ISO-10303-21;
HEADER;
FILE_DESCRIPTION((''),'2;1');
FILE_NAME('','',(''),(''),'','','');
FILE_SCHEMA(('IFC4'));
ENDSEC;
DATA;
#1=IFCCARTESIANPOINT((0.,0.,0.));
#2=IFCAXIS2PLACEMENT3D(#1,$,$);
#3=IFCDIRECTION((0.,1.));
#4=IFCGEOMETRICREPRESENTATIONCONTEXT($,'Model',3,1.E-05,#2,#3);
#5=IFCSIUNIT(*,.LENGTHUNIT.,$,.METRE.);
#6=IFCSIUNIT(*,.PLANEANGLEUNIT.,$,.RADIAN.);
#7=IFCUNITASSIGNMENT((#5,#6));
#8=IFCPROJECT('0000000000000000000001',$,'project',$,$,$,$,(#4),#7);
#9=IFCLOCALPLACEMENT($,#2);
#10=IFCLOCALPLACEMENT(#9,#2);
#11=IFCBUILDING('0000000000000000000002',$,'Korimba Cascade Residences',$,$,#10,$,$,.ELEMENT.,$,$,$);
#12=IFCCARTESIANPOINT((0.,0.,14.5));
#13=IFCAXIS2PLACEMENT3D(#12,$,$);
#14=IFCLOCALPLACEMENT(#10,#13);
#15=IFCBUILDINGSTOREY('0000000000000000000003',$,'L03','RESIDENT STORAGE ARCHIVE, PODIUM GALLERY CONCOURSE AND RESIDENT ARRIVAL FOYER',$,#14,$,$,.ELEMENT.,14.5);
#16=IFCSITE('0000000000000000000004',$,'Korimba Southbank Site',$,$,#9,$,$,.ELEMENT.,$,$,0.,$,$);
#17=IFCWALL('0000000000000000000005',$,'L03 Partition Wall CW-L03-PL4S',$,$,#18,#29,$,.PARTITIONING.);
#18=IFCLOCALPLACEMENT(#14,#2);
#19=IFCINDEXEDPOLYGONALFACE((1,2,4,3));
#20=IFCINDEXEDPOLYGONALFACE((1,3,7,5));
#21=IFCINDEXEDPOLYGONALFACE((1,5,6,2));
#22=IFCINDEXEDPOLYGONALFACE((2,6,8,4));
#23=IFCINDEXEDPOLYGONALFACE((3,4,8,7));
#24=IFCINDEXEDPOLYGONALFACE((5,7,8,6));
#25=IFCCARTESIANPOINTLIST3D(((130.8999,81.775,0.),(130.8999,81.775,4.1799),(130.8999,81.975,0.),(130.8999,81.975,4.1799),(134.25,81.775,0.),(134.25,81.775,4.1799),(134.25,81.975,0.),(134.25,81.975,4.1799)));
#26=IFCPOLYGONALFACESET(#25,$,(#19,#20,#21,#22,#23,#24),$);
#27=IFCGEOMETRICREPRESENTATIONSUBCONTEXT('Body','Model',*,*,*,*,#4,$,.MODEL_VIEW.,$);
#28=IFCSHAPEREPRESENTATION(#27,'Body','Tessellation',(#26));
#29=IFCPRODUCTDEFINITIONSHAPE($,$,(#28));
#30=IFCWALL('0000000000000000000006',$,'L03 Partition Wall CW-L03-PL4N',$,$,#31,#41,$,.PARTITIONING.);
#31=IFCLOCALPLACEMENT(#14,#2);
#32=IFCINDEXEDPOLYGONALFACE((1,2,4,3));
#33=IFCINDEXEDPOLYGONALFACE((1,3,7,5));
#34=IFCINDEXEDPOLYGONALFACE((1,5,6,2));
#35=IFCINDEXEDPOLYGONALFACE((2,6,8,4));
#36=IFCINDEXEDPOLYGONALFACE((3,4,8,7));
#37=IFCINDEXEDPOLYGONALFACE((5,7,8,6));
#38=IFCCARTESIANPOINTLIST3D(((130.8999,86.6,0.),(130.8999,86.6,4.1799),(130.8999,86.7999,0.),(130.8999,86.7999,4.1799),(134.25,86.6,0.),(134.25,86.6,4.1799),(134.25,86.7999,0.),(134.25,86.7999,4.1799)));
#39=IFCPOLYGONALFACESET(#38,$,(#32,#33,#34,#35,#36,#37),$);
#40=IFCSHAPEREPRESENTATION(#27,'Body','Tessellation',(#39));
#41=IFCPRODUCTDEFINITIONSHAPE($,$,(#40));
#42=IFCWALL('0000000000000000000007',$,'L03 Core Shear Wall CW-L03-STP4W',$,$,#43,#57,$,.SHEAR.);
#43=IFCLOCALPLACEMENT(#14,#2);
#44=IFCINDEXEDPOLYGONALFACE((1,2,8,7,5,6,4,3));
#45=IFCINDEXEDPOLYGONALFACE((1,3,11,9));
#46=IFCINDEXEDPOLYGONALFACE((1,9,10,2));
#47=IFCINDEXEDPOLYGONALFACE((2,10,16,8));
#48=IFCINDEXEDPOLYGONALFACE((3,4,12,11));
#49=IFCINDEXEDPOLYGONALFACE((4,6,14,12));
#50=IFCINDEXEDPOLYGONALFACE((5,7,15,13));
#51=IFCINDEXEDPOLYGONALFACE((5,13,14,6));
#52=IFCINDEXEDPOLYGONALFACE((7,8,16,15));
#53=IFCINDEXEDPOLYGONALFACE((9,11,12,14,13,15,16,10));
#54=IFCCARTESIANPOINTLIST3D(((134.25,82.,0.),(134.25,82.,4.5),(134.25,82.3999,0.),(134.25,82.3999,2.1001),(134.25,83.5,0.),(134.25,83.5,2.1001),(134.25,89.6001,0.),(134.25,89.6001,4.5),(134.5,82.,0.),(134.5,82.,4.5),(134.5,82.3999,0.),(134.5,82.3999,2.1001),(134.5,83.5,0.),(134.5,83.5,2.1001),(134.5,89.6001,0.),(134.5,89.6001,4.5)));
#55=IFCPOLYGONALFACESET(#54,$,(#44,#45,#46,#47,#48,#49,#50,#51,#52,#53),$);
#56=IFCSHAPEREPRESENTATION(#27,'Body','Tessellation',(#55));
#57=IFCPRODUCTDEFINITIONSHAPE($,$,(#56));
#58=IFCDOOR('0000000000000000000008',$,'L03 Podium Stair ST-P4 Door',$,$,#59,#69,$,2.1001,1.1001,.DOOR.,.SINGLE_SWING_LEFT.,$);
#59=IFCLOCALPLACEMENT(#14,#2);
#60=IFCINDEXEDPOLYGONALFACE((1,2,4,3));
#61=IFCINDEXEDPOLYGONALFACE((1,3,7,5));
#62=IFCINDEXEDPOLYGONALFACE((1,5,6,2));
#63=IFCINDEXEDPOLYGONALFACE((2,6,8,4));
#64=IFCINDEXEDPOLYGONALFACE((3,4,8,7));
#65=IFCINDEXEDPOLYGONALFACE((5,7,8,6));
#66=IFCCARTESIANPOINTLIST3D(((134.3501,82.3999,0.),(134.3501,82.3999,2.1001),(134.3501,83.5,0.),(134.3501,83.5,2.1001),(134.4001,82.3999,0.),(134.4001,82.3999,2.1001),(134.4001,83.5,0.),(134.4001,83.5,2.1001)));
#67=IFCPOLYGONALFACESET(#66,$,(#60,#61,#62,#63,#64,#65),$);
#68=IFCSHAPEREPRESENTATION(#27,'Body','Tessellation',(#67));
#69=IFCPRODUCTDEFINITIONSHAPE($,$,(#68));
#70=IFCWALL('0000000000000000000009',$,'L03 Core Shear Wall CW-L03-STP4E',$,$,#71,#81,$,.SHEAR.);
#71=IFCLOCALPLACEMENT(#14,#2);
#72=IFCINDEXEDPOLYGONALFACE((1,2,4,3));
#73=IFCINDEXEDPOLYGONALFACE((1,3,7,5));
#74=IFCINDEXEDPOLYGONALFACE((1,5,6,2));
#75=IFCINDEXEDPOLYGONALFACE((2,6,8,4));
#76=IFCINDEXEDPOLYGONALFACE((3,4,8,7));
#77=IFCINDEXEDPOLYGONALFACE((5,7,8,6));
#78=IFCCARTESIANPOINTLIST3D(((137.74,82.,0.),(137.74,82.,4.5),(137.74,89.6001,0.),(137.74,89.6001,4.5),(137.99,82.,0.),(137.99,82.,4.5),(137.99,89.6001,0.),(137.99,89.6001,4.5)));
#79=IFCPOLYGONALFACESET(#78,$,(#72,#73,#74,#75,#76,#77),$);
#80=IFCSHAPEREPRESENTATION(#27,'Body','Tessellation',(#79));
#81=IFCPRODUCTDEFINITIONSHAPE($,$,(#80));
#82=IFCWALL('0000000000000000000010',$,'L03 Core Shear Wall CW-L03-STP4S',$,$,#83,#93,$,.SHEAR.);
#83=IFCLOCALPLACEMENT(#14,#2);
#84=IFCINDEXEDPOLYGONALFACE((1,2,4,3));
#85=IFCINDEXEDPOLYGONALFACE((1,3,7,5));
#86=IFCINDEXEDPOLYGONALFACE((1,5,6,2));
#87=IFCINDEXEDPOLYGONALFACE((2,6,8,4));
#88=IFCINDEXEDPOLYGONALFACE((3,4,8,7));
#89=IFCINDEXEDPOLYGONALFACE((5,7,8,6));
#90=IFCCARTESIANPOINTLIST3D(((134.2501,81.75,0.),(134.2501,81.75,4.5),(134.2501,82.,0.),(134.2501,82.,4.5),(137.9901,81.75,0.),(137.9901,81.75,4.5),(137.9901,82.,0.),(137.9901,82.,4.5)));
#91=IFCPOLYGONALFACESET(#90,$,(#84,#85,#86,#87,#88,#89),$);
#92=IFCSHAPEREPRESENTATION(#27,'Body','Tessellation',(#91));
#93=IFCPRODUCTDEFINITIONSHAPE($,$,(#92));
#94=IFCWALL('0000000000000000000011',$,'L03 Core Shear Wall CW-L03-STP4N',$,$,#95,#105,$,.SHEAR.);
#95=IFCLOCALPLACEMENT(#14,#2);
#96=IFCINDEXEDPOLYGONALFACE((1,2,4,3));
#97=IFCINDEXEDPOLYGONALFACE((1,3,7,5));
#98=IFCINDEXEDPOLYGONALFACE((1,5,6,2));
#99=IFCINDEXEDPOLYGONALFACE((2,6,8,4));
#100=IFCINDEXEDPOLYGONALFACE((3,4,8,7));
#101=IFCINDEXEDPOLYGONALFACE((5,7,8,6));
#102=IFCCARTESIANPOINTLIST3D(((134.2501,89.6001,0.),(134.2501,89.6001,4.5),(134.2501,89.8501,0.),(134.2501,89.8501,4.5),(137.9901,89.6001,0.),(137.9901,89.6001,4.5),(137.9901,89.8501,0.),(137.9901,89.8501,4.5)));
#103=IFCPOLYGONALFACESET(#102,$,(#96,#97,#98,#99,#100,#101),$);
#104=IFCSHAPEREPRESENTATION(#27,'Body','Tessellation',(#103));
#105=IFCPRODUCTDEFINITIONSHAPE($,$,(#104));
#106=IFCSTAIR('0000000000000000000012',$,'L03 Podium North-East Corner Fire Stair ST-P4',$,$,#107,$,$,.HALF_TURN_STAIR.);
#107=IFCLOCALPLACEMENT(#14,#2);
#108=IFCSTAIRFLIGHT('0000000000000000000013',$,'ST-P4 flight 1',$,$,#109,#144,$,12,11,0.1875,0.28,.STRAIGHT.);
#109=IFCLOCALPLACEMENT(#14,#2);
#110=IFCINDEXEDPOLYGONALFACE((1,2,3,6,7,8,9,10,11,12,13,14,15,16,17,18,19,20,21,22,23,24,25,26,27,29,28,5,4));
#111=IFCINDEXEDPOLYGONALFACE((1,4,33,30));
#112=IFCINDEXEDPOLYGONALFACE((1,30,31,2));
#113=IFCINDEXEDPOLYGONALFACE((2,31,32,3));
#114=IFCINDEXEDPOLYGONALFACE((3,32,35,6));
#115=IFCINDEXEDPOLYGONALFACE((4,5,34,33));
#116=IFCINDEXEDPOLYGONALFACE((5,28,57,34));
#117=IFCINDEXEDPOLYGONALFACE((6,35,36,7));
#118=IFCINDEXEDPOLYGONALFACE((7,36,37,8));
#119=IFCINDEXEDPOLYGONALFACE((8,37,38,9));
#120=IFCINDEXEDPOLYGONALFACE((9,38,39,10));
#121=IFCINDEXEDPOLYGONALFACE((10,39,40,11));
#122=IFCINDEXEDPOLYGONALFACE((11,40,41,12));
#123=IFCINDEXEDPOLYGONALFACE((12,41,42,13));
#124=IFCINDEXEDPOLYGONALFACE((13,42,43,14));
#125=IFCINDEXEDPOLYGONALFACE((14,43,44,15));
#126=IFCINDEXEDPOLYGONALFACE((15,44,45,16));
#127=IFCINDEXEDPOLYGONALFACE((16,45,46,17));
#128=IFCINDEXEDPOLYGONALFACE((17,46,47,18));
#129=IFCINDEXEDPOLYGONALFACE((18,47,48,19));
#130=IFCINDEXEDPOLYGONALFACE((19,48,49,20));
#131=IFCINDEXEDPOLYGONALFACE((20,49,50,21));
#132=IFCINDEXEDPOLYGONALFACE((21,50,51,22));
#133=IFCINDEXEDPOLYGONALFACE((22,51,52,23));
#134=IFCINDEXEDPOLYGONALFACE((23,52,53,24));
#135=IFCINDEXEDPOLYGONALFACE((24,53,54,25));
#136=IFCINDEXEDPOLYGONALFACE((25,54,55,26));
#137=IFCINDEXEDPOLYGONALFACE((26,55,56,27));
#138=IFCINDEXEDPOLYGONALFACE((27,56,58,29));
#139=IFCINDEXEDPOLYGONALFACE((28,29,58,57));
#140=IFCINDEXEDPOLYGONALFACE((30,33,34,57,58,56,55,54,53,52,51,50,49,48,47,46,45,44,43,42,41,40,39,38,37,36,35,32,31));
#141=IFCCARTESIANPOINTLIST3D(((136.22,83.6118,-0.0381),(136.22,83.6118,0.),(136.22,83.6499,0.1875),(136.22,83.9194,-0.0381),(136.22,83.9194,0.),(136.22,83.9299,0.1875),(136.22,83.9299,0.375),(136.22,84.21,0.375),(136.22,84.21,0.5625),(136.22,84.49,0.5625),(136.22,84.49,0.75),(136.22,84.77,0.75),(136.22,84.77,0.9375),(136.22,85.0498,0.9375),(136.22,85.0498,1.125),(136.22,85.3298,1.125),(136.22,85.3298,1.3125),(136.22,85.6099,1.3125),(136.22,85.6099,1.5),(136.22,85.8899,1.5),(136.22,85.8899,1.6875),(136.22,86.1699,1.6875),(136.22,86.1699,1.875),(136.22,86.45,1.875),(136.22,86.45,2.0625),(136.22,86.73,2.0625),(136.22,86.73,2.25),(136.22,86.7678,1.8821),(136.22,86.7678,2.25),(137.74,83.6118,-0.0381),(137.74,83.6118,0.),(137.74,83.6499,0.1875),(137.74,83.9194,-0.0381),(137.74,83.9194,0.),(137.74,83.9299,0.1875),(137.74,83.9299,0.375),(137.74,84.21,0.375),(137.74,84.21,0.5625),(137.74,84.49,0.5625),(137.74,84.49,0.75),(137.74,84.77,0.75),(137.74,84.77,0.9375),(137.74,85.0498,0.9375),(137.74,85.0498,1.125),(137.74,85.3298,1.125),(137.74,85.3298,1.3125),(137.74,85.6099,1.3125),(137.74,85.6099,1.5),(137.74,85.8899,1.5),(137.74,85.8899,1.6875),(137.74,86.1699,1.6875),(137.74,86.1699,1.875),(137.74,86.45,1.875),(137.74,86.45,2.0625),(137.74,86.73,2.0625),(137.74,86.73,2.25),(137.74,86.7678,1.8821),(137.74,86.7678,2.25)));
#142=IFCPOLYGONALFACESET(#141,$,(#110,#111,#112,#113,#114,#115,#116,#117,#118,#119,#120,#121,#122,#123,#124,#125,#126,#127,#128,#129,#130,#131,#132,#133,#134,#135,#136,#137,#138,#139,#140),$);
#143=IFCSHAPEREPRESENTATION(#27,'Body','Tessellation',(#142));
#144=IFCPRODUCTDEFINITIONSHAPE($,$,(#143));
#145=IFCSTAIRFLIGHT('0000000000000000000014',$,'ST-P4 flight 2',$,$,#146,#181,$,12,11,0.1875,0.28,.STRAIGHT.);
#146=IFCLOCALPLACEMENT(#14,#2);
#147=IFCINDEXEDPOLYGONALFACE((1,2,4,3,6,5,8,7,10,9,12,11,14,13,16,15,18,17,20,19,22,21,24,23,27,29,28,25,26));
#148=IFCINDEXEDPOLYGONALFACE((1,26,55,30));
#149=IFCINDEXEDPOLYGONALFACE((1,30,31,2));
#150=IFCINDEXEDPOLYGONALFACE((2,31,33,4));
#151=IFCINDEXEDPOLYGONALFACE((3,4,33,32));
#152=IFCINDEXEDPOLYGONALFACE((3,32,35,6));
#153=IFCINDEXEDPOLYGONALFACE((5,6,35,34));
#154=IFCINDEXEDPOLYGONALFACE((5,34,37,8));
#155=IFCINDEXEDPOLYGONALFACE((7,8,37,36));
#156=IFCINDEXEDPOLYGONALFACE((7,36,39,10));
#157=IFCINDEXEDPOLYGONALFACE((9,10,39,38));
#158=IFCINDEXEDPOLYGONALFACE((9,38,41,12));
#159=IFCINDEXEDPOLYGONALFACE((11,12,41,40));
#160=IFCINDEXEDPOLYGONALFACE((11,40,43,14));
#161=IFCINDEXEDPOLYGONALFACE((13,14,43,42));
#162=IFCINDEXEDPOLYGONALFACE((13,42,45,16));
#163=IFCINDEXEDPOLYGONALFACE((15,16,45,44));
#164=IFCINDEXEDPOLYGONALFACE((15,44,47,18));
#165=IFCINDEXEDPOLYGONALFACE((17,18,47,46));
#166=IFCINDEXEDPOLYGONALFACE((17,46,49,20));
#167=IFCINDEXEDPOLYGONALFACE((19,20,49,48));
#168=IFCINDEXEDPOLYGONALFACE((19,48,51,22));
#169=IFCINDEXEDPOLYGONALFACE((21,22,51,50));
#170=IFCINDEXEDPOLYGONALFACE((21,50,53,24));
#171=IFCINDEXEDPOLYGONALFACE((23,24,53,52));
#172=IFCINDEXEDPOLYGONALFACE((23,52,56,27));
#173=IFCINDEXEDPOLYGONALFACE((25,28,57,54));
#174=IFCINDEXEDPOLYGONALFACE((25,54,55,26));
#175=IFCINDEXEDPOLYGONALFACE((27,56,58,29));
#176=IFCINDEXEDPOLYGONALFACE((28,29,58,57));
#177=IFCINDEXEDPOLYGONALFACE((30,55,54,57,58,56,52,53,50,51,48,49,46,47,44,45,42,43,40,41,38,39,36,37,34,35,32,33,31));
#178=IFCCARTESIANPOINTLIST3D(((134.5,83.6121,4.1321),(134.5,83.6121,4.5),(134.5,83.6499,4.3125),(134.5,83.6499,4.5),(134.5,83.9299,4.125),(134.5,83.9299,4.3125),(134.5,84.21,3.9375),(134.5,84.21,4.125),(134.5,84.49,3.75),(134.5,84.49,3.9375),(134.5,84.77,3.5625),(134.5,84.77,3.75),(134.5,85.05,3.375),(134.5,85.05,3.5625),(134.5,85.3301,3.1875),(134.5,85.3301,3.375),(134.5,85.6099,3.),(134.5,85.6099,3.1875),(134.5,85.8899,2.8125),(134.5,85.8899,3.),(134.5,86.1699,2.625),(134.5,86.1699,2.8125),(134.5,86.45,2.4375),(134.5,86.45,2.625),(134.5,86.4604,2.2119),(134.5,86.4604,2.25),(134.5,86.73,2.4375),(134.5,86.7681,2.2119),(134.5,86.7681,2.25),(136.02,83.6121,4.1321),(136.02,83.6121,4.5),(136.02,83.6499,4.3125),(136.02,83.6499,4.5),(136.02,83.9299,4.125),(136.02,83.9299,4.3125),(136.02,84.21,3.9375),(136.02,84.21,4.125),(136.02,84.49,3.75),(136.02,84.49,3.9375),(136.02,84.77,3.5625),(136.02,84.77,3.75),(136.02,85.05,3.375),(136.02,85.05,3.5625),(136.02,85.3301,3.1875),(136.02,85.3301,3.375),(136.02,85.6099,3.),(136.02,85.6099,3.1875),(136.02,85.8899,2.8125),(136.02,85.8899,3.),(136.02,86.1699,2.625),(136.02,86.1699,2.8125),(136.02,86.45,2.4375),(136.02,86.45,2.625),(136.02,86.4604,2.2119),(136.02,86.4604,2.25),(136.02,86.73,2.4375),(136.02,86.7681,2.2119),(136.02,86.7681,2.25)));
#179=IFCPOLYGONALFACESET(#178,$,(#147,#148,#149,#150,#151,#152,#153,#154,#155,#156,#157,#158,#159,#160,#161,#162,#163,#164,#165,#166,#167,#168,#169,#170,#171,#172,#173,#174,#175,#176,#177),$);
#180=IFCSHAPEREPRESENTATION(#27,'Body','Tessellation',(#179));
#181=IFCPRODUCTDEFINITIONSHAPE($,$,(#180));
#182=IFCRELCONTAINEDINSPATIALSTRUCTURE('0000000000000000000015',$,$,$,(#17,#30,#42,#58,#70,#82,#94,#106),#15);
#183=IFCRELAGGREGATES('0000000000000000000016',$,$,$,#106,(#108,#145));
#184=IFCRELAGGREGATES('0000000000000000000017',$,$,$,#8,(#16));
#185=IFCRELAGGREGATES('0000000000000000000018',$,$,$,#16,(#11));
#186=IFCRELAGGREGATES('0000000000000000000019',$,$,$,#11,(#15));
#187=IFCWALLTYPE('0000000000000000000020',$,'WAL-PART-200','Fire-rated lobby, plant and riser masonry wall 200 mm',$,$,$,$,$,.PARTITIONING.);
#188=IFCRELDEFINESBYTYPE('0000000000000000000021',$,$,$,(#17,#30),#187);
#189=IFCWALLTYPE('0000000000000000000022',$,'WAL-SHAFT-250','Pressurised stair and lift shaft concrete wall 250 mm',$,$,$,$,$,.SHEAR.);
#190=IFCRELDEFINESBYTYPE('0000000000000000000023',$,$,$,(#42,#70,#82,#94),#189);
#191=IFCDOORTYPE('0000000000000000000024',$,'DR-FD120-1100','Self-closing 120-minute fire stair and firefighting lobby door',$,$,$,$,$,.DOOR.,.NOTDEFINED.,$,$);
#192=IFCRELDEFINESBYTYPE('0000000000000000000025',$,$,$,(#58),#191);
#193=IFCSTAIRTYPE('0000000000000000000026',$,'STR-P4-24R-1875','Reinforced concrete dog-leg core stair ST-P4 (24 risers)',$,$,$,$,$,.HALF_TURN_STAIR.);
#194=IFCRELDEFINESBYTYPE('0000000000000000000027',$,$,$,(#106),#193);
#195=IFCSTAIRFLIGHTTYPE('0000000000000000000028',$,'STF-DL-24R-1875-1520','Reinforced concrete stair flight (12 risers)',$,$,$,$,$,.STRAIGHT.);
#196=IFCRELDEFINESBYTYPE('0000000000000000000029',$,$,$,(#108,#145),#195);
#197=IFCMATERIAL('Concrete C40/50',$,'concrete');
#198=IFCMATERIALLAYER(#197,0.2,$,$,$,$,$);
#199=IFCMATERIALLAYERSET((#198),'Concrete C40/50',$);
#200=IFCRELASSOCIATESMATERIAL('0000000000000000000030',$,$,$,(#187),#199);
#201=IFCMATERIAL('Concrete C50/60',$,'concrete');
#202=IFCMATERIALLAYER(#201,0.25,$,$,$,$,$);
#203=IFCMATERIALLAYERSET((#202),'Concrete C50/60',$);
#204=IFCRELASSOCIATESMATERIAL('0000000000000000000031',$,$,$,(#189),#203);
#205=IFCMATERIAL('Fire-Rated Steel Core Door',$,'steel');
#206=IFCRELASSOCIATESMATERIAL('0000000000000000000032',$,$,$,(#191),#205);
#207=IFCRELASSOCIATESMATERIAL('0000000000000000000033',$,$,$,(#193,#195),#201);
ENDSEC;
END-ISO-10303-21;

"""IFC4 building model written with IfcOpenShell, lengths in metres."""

from ifc_helpers import new_model, si_unit, direction, frame, frame_2d, origin, place, context, subcontext, project, spatial, polyline, rectangle, outline, extrude, material, layer, layer_set, type_object, element, fill, aggregate, save


model = new_model("IFC4")

# Units and contexts
model_context = context("Model", 3, precision=1e-05, world=origin(), true_north=direction((0.0, 1.0)))
body_context = subcontext(model_context, "Body", "Model", "MODEL_VIEW")
ifc_project = project(units=[si_unit("LENGTHUNIT", "METRE"), si_unit("PLANEANGLEUNIT", "RADIAN")], contexts=[model_context])

# Site, building, storey
site_placement = place(None, origin())
site = spatial("IfcSite", under=ifc_project, at=site_placement, Name="Korimba Southbank Site", CompositionType="ELEMENT", RefElevation=0.0)
building_placement = place(site_placement, origin())
building = spatial("IfcBuilding", under=site, at=building_placement, Name="Korimba Cascade Residences", CompositionType="ELEMENT")
storey_placement = place(building_placement, frame((0.0, 0.0, 14.5)))
storey = spatial("IfcBuildingStorey", under=building, at=storey_placement, Name="L03", Description="RESIDENT STORAGE ARCHIVE, PODIUM GALLERY CONCOURSE AND RESIDENT ARRIVAL FOYER", CompositionType="ELEMENT", Elevation=14.5)

# Shared definitions
ifc_material_1 = material(Name="Concrete C50/60", Category="concrete")

# Shared definitions
ifc_material_2 = material(Name="Concrete C40/50", Category="concrete")
ifc_layer_1 = layer(ifc_material_2, 0.2)
ifc_layer_set_1 = layer_set([ifc_layer_1], Name="Concrete C40/50")
wall_type_1 = type_object("IfcWallType", Name="WAL-PART-200", Description="Fire-rated lobby, plant and riser masonry wall 200 mm", PredefinedType="PARTITIONING", material=ifc_layer_set_1)

# Walls
for number, where, z_axis, x_axis, name in (
    (1, (130.8999, 81.875, 0.0), (0.0, 0.0, 1.0), (1.0, 0.0, 0.0), "L03 Partition Wall CW-L03-PL4S"),
    (2, (130.8999, 86.7, 0.0), (0.0, 0.0, 1.0), (1.0, 0.0, 0.0), "L03 Partition Wall CW-L03-PL4N"),
):
    element("IfcWall", number, at=place(storey_placement, frame(where, z_axis=z_axis, x_axis=x_axis)), inside=storey, type_object=wall_type_1, Name=name, PredefinedType="PARTITIONING", context=body_context, shape_type="SweptSolid", body=[
        extrude(rectangle(XDim=3.3501, YDim=0.2, at=frame_2d((1.675, 0.0))), origin(), (0.0, 0.0, 1.0), 4.1799),
    ])

# Wall, opening, door
ifc_layer_2 = layer(ifc_material_1, 0.25)
ifc_layer_set_2 = layer_set([ifc_layer_2], Name="Concrete C50/60")
wall_type_2 = type_object("IfcWallType", Name="WAL-SHAFT-250", Description="Pressurised stair and lift shaft concrete wall 250 mm", PredefinedType="SHEAR", material=ifc_layer_set_2)
wall_1_placement = place(storey_placement, frame((134.375, 82.0, 0.0), z_axis=(0.0, 0.0, 1.0), x_axis=(0.0, 1.0, 0.0)))
wall_1 = element("IfcWall", 3, at=wall_1_placement, inside=storey, type_object=wall_type_2, Name="L03 Core Shear Wall CW-L03-STP4W", PredefinedType="SHEAR", context=body_context, shape_type="SweptSolid", body=[
    extrude(rectangle(XDim=7.6001, YDim=0.25, at=frame_2d((3.8, 0.0))), origin(), (0.0, 0.0, 1.0), 4.5),
])
opening_1_placement = place(wall_1_placement, frame((0.3999, 0.0, 0.0)))
opening_1 = element("IfcOpeningElement", 4, at=opening_1_placement, cuts=wall_1, PredefinedType="OPENING", context=body_context, shape_type="SweptSolid", body=[
    extrude(rectangle(XDim=1.1001, YDim=2.1001, at=frame_2d((0.55, 1.05))), frame((0.0, 0.135, 0.0), z_axis=(0.0, -1.0, 0.0), x_axis=(1.0, 0.0, 0.0)), (0.0, 0.0, 1.0), 0.27),
])
ifc_material_3 = material(Name="Fire-Rated Steel Core Door", Category="steel")
door_type_1 = type_object("IfcDoorType", Name="DR-FD120-1100", Description="Self-closing 120-minute fire stair and firefighting lobby door", OperationType="NOTDEFINED", PredefinedType="DOOR", material=ifc_material_3)
door_1_placement = place(opening_1_placement, origin())
door_1 = element("IfcDoor", 5, at=door_1_placement, inside=storey, type_object=door_type_1, Name="L03 Podium Stair ST-P4 Door", OperationType="SINGLE_SWING_LEFT", OverallHeight=2.1001, OverallWidth=1.1001, PredefinedType="DOOR", context=body_context, shape_type="SweptSolid", body=[
    extrude(rectangle(XDim=1.1001, YDim=2.1001, at=frame_2d((0.55, 1.05))), frame((0.0, 0.0249, 0.0), z_axis=(0.0, -1.0, 0.0), x_axis=(1.0, 0.0, 0.0)), (0.0, 0.0, 1.0), 0.05),
])
fill(opening_1, door_1)

# Walls
wall_2_placement = place(storey_placement, frame((137.865, 82.0, 0.0), z_axis=(0.0, 0.0, 1.0), x_axis=(0.0, 1.0, 0.0)))
element("IfcWall", 6, at=wall_2_placement, inside=storey, type_object=wall_type_2, Name="L03 Core Shear Wall CW-L03-STP4E", PredefinedType="SHEAR", context=body_context, shape_type="SweptSolid", body=[
    extrude(rectangle(XDim=7.6001, YDim=0.25, at=frame_2d((3.8, 0.0))), origin(), (0.0, 0.0, 1.0), 4.5),
])
for number, where, z_axis, x_axis, name in (
    (7, (134.25, 81.875, 0.0), (0.0, 0.0, 1.0), (1.0, 0.0, 0.0), "L03 Core Shear Wall CW-L03-STP4S"),
    (8, (134.25, 89.7251, 0.0), (0.0, 0.0, 1.0), (1.0, 0.0, 0.0), "L03 Core Shear Wall CW-L03-STP4N"),
):
    element("IfcWall", number, at=place(storey_placement, frame(where, z_axis=z_axis, x_axis=x_axis)), inside=storey, type_object=wall_type_2, Name=name, PredefinedType="SHEAR", context=body_context, shape_type="SweptSolid", body=[
        extrude(rectangle(XDim=3.74, YDim=0.25, at=frame_2d((1.8701, 0.0))), origin(), (0.0, 0.0, 1.0), 4.5),
    ])

# Stair, stair flights
stair_type = type_object("IfcStairType", Name="STR-P4-24R-1875", Description="Reinforced concrete dog-leg core stair ST-P4 (24 risers)", PredefinedType="HALF_TURN_STAIR", material=ifc_material_1)
stair_placement = place(storey_placement, origin())
stair = element("IfcStair", 9, at=stair_placement, inside=storey, type_object=stair_type, Name="L03 Podium North-East Corner Fire Stair ST-P4", PredefinedType="HALF_TURN_STAIR")
stair_flight_type = type_object("IfcStairFlightType", Name="STF-DL-24R-1875-1520", Description="Reinforced concrete stair flight (12 risers)", PredefinedType="STRAIGHT", material=ifc_material_1)
stair_flight_1_placement = place(storey_placement, frame((136.98, 83.6499, 0.0), z_axis=(0.0, 0.0, 1.0), x_axis=(0.0, 1.0, 0.0)))
stair_flight_1 = element("IfcStairFlight", 10, at=stair_flight_1_placement, type_object=stair_flight_type, Name="ST-P4 flight 1", NumberOfRisers=12, NumberOfTreads=11, PredefinedType="STRAIGHT", RiserHeight=0.1875, TreadLength=0.28, context=body_context, shape_type="SweptSolid", body=[
    extrude(outline(polyline([(-0.0381, 0.0), (0.0, 0.1875), (0.28, 0.1875), (0.28, 0.375), (0.5601, 0.375), (0.5601, 0.5625), (0.8401, 0.5625), (0.8401, 0.75), (1.1201, 0.75), (1.1201, 0.9375), (1.3999, 0.9375), (1.3999, 1.125), (1.6799, 1.125), (1.6799, 1.3125), (1.96, 1.3125), (1.96, 1.5), (2.24, 1.5), (2.24, 1.6875), (2.52, 1.6875), (2.52, 1.875), (2.8, 1.875), (2.8, 2.0625), (3.0801, 2.0625), (3.0801, 2.25), (3.1179, 2.25), (3.1179, 1.8821), (0.2695, 0.0), (0.2695, -0.0381), (-0.0381, -0.0381), (-0.0381, 0.0)])), frame((0.0, 0.76, 0.0), z_axis=(0.0, -1.0, 0.0), x_axis=(1.0, 0.0, 0.0)), (0.0, 0.0, 1.0), 1.52),
])
stair_flight_2_placement = place(storey_placement, frame((135.26, 86.73, 2.25), z_axis=(0.0, 0.0, 1.0), x_axis=(0.0, -1.0, 0.0)))
stair_flight_2 = element("IfcStairFlight", 11, at=stair_flight_2_placement, type_object=stair_flight_type, Name="ST-P4 flight 2", NumberOfRisers=12, NumberOfTreads=11, PredefinedType="STRAIGHT", RiserHeight=0.1875, TreadLength=0.28, context=body_context, shape_type="SweptSolid", body=[
    extrude(outline(polyline([(-0.0381, 0.0), (0.0, 0.1875), (0.28, 0.1875), (0.28, 0.375), (0.5601, 0.375), (0.5601, 0.5625), (0.8401, 0.5625), (0.8401, 0.75), (1.1201, 0.75), (1.1201, 0.9375), (1.3999, 0.9375), (1.3999, 1.125), (1.6799, 1.125), (1.6799, 1.3125), (1.96, 1.3125), (1.96, 1.5), (2.24, 1.5), (2.24, 1.6875), (2.52, 1.6875), (2.52, 1.875), (2.8, 1.875), (2.8, 2.0625), (3.0801, 2.0625), (3.0801, 2.25), (3.1179, 2.25), (3.1179, 1.8821), (0.2695, 0.0), (0.2695, -0.0381), (-0.0381, -0.0381), (-0.0381, 0.0)])), frame((0.0, 0.76, 0.0), z_axis=(0.0, -1.0, 0.0), x_axis=(1.0, 0.0, 0.0)), (0.0, 0.0, 1.0), 1.52),
])
aggregate(stair, [stair_flight_1, stair_flight_2])

save(model, "model.ifc")
